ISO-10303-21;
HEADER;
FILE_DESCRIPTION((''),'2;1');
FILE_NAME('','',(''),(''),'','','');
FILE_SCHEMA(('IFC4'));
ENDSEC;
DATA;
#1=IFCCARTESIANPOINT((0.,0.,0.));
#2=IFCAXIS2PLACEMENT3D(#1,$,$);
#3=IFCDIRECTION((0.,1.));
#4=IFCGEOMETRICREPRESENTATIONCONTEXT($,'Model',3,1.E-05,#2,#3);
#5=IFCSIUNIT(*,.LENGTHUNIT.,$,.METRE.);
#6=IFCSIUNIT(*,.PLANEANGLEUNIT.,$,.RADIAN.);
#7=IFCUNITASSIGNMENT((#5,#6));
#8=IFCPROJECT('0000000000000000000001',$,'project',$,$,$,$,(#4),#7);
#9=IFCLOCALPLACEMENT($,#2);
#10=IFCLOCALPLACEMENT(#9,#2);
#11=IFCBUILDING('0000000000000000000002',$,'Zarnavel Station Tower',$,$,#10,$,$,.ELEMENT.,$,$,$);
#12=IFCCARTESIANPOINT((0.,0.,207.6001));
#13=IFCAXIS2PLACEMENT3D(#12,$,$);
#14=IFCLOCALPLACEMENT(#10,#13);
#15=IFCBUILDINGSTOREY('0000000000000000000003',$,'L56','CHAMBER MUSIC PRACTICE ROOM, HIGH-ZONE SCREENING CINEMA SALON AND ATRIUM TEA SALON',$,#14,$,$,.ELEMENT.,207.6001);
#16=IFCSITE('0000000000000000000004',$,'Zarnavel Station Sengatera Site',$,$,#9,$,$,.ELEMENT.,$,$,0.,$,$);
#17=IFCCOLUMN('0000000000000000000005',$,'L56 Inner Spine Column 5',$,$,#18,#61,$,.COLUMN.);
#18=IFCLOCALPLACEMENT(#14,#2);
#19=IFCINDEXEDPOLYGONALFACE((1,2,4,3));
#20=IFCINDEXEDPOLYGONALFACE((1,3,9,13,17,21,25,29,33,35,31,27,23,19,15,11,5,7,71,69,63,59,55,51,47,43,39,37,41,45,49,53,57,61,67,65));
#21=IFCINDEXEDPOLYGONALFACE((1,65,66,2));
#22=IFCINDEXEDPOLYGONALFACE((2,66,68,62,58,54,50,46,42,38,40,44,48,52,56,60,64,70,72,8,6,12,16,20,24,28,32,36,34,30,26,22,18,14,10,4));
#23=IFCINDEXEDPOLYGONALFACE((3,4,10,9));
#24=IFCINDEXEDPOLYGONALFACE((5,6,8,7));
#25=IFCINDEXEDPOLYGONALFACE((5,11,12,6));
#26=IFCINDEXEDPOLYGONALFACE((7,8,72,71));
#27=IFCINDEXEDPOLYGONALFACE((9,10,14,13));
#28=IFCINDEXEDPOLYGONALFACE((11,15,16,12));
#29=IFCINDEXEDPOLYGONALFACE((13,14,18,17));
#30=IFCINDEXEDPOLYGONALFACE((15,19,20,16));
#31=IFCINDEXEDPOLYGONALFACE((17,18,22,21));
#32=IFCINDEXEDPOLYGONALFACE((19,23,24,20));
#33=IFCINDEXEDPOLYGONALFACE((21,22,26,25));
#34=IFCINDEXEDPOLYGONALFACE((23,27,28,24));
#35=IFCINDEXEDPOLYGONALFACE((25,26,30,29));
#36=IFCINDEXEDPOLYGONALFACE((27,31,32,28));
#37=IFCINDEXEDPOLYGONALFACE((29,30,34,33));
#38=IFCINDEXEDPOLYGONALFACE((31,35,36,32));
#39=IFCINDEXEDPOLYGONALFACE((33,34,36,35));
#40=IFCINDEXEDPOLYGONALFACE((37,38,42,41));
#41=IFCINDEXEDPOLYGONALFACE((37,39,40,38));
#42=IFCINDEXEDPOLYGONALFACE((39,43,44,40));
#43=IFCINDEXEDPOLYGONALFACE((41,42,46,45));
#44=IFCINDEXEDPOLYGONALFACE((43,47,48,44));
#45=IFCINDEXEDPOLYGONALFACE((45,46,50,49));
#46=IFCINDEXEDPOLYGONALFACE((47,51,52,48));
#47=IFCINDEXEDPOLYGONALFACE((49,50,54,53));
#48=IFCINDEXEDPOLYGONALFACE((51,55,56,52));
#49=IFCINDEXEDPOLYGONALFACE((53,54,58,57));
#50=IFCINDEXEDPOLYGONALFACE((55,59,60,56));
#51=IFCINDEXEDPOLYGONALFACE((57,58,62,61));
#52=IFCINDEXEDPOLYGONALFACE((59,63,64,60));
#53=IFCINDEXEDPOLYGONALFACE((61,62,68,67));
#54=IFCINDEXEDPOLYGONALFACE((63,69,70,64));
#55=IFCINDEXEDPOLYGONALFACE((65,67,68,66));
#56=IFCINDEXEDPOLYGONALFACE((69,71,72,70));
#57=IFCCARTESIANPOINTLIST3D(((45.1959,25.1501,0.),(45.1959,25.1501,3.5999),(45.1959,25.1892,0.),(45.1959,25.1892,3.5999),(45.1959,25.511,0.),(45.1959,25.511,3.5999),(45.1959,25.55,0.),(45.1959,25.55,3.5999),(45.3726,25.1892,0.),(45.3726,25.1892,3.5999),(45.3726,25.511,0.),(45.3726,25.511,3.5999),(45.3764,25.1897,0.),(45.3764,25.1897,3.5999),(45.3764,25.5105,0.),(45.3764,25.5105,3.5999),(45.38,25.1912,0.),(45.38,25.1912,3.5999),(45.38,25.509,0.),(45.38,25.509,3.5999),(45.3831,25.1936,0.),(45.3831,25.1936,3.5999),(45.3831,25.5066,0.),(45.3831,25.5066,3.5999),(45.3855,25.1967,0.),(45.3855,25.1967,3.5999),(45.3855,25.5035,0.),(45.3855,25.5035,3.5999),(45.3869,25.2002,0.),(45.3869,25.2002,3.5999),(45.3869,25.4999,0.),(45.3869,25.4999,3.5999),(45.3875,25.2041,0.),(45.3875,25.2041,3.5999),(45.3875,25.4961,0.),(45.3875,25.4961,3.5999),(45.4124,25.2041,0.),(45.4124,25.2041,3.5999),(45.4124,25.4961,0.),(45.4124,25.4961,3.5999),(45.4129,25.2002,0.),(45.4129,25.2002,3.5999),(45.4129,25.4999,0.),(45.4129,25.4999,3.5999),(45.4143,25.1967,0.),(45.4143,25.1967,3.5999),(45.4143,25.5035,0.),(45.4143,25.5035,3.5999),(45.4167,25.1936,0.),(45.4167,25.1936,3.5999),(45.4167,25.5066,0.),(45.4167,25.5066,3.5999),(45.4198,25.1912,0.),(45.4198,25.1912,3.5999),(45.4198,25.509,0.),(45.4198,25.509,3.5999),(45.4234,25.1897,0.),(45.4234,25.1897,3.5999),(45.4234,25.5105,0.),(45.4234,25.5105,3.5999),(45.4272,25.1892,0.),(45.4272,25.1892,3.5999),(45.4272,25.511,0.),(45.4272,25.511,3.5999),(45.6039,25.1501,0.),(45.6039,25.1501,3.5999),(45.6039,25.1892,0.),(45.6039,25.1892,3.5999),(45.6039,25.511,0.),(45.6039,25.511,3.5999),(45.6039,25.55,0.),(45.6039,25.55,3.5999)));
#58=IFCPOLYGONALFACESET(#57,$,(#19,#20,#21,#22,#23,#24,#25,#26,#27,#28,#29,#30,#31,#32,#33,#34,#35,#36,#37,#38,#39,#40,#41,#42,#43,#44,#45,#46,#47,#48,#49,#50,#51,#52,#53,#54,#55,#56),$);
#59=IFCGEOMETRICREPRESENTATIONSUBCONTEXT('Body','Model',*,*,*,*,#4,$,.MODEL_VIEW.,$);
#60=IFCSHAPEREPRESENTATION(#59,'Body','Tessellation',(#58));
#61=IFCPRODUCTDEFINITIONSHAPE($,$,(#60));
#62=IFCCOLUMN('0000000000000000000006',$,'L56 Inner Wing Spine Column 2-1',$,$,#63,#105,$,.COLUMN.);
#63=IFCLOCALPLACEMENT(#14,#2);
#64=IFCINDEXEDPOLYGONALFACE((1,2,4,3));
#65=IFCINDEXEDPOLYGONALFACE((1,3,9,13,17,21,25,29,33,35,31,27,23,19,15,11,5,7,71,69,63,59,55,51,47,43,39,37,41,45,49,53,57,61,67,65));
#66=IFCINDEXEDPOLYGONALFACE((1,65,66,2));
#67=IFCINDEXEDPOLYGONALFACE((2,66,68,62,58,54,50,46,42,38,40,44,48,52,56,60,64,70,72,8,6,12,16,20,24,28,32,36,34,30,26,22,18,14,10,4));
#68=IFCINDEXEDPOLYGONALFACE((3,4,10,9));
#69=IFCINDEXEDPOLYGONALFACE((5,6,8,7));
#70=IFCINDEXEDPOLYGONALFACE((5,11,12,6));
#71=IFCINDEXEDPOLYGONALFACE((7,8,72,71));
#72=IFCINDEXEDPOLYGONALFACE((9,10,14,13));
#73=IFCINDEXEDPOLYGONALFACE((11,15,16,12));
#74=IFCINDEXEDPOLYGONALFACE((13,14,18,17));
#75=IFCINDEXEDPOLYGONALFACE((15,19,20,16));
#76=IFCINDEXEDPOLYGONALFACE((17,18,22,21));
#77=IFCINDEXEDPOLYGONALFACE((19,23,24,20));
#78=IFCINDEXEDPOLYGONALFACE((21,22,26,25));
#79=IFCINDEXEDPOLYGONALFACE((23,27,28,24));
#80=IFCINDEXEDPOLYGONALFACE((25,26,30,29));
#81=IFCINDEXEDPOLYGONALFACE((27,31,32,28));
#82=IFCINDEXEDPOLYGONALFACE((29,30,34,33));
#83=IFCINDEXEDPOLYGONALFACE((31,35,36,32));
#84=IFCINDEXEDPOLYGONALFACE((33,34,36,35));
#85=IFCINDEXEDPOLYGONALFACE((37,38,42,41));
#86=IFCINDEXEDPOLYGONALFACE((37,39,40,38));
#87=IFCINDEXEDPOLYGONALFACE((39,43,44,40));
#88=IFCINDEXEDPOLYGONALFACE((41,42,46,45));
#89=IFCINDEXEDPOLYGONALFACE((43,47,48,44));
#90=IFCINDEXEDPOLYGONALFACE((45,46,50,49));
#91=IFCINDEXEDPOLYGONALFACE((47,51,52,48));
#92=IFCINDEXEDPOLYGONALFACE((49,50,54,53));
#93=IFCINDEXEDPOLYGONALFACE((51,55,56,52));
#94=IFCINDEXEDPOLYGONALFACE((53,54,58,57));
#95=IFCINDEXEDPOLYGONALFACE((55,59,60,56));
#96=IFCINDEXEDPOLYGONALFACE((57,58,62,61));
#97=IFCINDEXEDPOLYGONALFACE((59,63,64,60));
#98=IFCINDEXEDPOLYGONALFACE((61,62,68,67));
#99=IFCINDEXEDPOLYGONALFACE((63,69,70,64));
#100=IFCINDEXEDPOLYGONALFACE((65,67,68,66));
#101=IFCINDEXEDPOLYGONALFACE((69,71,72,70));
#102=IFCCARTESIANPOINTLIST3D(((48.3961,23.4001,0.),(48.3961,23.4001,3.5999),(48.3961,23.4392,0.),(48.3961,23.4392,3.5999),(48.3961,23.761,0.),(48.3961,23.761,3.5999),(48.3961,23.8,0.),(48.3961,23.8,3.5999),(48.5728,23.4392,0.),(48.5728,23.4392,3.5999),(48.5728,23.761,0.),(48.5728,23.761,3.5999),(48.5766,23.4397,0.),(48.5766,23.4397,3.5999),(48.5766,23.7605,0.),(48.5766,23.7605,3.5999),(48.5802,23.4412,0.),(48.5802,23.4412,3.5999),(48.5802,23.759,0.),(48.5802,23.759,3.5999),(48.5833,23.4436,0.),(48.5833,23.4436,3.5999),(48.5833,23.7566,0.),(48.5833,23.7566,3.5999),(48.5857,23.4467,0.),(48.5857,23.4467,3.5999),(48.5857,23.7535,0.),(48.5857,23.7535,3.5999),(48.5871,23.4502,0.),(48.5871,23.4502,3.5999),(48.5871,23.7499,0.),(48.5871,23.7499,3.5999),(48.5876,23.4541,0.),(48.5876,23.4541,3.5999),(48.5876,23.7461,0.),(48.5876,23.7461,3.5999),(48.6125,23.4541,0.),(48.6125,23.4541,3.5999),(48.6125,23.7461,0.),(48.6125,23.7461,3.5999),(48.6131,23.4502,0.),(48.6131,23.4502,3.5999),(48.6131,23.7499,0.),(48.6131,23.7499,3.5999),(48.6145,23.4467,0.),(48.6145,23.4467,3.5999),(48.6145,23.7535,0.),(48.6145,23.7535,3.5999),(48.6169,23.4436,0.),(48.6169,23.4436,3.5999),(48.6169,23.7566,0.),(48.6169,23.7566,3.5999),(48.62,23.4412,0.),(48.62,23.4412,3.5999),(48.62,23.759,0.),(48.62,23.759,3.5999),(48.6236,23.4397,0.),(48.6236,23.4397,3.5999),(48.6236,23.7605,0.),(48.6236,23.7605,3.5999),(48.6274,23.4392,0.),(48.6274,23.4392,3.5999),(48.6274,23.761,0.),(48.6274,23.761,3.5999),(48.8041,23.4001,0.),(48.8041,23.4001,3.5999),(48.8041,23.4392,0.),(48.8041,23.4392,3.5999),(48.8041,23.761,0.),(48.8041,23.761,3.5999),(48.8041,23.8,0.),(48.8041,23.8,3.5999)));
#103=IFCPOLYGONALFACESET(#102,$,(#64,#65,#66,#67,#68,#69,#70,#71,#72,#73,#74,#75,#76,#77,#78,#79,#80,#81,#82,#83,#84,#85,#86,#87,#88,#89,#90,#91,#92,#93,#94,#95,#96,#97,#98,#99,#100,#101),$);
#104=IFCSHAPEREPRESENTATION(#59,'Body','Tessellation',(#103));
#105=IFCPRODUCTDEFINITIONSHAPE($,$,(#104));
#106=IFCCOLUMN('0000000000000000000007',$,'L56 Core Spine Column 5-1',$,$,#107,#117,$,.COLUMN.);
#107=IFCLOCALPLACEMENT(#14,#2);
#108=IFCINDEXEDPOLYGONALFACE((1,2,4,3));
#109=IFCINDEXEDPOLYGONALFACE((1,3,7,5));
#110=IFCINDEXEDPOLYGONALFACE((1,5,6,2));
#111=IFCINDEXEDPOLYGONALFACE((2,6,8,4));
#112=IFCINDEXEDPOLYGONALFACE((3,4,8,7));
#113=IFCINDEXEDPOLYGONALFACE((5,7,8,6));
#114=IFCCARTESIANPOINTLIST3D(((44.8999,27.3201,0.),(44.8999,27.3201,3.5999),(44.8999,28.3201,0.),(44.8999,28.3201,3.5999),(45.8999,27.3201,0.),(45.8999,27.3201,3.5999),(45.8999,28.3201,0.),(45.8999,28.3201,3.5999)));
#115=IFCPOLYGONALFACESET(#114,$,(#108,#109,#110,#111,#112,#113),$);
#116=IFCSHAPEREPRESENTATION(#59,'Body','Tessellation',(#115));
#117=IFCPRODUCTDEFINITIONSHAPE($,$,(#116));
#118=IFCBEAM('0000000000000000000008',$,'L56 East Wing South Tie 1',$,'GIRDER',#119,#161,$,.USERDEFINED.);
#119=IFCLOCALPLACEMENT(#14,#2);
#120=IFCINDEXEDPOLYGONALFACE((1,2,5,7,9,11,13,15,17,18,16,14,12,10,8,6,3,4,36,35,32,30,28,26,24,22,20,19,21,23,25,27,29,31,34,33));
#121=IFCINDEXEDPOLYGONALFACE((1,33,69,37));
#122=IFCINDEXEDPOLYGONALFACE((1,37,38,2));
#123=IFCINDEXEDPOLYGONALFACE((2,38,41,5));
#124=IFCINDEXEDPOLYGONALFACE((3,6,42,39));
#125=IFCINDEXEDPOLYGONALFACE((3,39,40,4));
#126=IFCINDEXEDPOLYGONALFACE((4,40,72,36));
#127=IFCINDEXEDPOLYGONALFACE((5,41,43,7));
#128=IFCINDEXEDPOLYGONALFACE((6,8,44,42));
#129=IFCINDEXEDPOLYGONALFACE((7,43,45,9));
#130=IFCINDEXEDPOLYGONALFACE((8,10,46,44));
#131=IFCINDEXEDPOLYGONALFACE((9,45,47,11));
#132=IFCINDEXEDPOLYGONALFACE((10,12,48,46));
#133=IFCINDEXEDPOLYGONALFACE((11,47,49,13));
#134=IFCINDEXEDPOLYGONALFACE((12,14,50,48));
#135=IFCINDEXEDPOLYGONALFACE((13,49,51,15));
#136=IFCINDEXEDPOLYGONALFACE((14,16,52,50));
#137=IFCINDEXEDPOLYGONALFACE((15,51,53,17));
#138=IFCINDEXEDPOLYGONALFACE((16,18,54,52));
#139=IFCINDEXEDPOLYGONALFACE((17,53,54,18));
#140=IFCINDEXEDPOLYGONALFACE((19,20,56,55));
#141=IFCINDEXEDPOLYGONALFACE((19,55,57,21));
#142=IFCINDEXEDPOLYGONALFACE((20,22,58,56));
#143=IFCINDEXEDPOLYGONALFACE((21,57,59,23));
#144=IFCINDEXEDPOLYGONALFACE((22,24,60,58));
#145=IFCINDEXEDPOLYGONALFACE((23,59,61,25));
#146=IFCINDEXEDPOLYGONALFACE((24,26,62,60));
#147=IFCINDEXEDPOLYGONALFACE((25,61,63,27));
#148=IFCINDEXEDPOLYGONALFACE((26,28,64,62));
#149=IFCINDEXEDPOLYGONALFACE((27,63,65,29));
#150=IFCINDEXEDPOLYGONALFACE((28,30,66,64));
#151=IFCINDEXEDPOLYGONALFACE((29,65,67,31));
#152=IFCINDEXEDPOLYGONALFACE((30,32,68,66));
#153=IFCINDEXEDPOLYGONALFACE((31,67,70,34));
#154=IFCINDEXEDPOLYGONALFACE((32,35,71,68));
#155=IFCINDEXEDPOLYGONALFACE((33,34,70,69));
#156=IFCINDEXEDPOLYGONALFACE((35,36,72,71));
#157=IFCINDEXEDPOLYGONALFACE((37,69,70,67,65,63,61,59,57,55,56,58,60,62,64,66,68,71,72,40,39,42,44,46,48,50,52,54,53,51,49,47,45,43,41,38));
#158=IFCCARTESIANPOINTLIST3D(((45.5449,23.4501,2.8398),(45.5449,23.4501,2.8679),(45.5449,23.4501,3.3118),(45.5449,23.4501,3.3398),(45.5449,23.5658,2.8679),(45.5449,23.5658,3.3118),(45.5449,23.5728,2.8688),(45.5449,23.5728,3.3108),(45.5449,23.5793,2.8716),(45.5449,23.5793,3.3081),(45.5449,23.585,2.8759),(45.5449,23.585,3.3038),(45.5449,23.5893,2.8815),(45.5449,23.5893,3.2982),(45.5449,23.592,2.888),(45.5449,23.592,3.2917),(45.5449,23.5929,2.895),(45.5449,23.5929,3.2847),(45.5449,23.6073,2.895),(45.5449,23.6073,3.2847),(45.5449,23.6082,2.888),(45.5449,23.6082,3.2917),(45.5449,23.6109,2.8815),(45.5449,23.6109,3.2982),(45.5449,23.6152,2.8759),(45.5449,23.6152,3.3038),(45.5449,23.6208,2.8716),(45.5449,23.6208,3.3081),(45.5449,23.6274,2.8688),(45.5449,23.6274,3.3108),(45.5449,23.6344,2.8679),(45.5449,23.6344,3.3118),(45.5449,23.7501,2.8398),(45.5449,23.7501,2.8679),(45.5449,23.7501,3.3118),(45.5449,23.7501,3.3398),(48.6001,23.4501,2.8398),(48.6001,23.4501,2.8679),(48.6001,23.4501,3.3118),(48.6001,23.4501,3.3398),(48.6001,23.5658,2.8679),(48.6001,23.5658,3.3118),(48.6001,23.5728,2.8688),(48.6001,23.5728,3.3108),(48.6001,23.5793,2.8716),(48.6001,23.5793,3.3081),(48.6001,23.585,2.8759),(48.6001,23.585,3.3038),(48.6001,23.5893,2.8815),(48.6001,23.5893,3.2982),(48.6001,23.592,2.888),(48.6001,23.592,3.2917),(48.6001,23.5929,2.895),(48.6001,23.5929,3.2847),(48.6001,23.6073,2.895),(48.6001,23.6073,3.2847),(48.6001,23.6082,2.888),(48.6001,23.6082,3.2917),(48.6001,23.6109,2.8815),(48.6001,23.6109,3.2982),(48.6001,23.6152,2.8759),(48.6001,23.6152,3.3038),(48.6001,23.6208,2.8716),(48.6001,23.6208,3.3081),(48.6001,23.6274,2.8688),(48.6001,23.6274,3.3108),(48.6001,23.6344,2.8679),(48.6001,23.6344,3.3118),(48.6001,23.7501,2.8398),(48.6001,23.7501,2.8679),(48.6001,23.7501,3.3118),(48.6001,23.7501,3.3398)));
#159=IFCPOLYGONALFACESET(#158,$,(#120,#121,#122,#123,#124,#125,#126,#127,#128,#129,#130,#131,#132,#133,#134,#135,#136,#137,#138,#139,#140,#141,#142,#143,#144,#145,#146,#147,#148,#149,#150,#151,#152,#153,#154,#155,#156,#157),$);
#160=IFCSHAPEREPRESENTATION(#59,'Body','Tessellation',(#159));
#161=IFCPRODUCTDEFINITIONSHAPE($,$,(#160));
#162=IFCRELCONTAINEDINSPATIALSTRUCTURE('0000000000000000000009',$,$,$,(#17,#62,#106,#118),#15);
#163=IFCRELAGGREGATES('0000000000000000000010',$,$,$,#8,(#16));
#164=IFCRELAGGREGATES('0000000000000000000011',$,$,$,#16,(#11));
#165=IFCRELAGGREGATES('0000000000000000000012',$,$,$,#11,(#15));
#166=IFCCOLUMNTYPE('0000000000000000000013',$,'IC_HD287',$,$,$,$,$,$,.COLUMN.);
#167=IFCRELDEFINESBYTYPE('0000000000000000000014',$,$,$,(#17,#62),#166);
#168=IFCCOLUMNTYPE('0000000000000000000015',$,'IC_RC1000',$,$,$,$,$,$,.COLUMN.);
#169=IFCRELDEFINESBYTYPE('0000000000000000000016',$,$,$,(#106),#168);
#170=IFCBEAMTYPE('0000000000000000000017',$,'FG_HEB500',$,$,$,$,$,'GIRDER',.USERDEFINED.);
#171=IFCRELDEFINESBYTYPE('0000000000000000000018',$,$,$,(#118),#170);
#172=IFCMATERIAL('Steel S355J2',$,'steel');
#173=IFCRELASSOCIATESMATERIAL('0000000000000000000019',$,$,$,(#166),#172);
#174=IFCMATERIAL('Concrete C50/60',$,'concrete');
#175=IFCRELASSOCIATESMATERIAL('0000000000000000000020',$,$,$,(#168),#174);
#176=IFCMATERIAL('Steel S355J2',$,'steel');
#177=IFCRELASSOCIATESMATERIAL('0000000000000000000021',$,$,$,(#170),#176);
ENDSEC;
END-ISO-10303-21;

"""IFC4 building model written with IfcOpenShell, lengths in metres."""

from ifc_helpers import new_model, si_unit, direction, frame, origin, origin_2d, place, context, subcontext, project, spatial, rectangle, i_section, extrude, material, material_profile, profile_set, type_object, element, save


model = new_model("IFC4")

# Units and contexts
model_context = context("Model", 3, precision=1e-05, world=origin(), true_north=direction((0.0, 1.0)))
body_context = subcontext(model_context, "Body", "Model", "MODEL_VIEW")
ifc_project = project(units=[si_unit("LENGTHUNIT", "METRE"), si_unit("PLANEANGLEUNIT", "RADIAN")], contexts=[model_context])

# Site, building, storey
site_placement = place(None, origin())
site = spatial("IfcSite", under=ifc_project, at=site_placement, Name="Zarnavel Station Sengatera Site", CompositionType="ELEMENT", RefElevation=0.0)
building_placement = place(site_placement, origin())
building = spatial("IfcBuilding", under=site, at=building_placement, Name="Zarnavel Station Tower", CompositionType="ELEMENT")
storey_placement = place(building_placement, frame((0.0, 0.0, 207.6001)))
storey = spatial("IfcBuildingStorey", under=building, at=storey_placement, Name="L56", Description="CHAMBER MUSIC PRACTICE ROOM, HIGH-ZONE SCREENING CINEMA SALON AND ATRIUM TEA SALON", CompositionType="ELEMENT", Elevation=207.6001)

# Columns
ifc_material_1 = material(Name="Steel S355J2", Category="steel")
ifc_material_profile_1 = material_profile(ifc_material_1, i_section(OverallWidth=0.408, OverallDepth=0.3999, WebThickness=0.0249, FlangeThickness=0.0391, FilletRadius=0.0149, at=origin_2d()), Name="HD400x287")
ifc_profile_set_1 = profile_set([ifc_material_profile_1], Name="Steel S355J2")
column_type_1 = type_object("IfcColumnType", Name="IC_HD287", PredefinedType="COLUMN", material=ifc_profile_set_1)
for number, where, z_axis, x_axis, name in (
    (1, (45.3999, 25.3501, 0.0), (0.0, 0.0, 1.0), (1.0, 0.0, 0.0), "L56 Inner Spine Column 5"),
    (2, (48.6001, 23.6001, 0.0), (0.0, 0.0, 1.0), (1.0, 0.0, 0.0), "L56 Inner Wing Spine Column 2-1"),
):
    element("IfcColumn", number, at=place(storey_placement, frame(where, z_axis=z_axis, x_axis=x_axis)), inside=storey, type_object=column_type_1, Name=name, PredefinedType="COLUMN", context=body_context, shape_type="SweptSolid", body=[
        extrude(i_section(OverallWidth=0.408, OverallDepth=0.3999, WebThickness=0.0249, FlangeThickness=0.0391, FilletRadius=0.0149, at=origin_2d()), origin(), (0.0, 0.0, 1.0), 3.5999),
    ])
ifc_material_2 = material(Name="Concrete C50/60", Category="concrete")
ifc_material_profile_2 = material_profile(ifc_material_2, rectangle(XDim=1.0, YDim=1.0, at=origin_2d()), Name="RC1000x1000")
ifc_profile_set_2 = profile_set([ifc_material_profile_2], Name="Concrete C50/60")
column_type_2 = type_object("IfcColumnType", Name="IC_RC1000", PredefinedType="COLUMN", material=ifc_profile_set_2)
column_placement = place(storey_placement, frame((45.3999, 27.8201, 0.0), z_axis=(0.0, 0.0, 1.0), x_axis=(1.0, 0.0, 0.0)))
element("IfcColumn", 3, at=column_placement, inside=storey, type_object=column_type_2, Name="L56 Core Spine Column 5-1", PredefinedType="COLUMN", context=body_context, shape_type="SweptSolid", body=[
    extrude(rectangle(XDim=1.0, YDim=1.0, at=origin_2d()), origin(), (0.0, 0.0, 1.0), 3.5999),
])

# Beam
ifc_material_3 = material(Name="Steel S355J2", Category="steel")
ifc_material_profile_3 = material_profile(ifc_material_3, i_section(OverallWidth=0.3, OverallDepth=0.5, WebThickness=0.0144, FlangeThickness=0.0281, FilletRadius=0.0271, at=origin_2d()), Name="HEB500")
ifc_profile_set_3 = profile_set([ifc_material_profile_3], Name="Steel S355J2")
beam_type_1 = type_object("IfcBeamType", Name="FG_HEB500", ElementType="GIRDER", PredefinedType="USERDEFINED", material=ifc_profile_set_3)
beam_1_placement = place(storey_placement, frame((45.5449, 23.6001, 3.0898), z_axis=(1.0, 0.0, 0.0), x_axis=(0.0, 1.0, 0.0)))
element("IfcBeam", 4, at=beam_1_placement, inside=storey, type_object=beam_type_1, Name="L56 East Wing South Tie 1", ObjectType="GIRDER", PredefinedType="USERDEFINED", context=body_context, shape_type="SweptSolid", body=[
    extrude(i_section(OverallWidth=0.3, OverallDepth=0.5, WebThickness=0.0144, FlangeThickness=0.0281, FilletRadius=0.0271, at=origin_2d()), origin(), (0.0, 0.0, 1.0), 3.0552),
])

save(model, "model.ifc")
